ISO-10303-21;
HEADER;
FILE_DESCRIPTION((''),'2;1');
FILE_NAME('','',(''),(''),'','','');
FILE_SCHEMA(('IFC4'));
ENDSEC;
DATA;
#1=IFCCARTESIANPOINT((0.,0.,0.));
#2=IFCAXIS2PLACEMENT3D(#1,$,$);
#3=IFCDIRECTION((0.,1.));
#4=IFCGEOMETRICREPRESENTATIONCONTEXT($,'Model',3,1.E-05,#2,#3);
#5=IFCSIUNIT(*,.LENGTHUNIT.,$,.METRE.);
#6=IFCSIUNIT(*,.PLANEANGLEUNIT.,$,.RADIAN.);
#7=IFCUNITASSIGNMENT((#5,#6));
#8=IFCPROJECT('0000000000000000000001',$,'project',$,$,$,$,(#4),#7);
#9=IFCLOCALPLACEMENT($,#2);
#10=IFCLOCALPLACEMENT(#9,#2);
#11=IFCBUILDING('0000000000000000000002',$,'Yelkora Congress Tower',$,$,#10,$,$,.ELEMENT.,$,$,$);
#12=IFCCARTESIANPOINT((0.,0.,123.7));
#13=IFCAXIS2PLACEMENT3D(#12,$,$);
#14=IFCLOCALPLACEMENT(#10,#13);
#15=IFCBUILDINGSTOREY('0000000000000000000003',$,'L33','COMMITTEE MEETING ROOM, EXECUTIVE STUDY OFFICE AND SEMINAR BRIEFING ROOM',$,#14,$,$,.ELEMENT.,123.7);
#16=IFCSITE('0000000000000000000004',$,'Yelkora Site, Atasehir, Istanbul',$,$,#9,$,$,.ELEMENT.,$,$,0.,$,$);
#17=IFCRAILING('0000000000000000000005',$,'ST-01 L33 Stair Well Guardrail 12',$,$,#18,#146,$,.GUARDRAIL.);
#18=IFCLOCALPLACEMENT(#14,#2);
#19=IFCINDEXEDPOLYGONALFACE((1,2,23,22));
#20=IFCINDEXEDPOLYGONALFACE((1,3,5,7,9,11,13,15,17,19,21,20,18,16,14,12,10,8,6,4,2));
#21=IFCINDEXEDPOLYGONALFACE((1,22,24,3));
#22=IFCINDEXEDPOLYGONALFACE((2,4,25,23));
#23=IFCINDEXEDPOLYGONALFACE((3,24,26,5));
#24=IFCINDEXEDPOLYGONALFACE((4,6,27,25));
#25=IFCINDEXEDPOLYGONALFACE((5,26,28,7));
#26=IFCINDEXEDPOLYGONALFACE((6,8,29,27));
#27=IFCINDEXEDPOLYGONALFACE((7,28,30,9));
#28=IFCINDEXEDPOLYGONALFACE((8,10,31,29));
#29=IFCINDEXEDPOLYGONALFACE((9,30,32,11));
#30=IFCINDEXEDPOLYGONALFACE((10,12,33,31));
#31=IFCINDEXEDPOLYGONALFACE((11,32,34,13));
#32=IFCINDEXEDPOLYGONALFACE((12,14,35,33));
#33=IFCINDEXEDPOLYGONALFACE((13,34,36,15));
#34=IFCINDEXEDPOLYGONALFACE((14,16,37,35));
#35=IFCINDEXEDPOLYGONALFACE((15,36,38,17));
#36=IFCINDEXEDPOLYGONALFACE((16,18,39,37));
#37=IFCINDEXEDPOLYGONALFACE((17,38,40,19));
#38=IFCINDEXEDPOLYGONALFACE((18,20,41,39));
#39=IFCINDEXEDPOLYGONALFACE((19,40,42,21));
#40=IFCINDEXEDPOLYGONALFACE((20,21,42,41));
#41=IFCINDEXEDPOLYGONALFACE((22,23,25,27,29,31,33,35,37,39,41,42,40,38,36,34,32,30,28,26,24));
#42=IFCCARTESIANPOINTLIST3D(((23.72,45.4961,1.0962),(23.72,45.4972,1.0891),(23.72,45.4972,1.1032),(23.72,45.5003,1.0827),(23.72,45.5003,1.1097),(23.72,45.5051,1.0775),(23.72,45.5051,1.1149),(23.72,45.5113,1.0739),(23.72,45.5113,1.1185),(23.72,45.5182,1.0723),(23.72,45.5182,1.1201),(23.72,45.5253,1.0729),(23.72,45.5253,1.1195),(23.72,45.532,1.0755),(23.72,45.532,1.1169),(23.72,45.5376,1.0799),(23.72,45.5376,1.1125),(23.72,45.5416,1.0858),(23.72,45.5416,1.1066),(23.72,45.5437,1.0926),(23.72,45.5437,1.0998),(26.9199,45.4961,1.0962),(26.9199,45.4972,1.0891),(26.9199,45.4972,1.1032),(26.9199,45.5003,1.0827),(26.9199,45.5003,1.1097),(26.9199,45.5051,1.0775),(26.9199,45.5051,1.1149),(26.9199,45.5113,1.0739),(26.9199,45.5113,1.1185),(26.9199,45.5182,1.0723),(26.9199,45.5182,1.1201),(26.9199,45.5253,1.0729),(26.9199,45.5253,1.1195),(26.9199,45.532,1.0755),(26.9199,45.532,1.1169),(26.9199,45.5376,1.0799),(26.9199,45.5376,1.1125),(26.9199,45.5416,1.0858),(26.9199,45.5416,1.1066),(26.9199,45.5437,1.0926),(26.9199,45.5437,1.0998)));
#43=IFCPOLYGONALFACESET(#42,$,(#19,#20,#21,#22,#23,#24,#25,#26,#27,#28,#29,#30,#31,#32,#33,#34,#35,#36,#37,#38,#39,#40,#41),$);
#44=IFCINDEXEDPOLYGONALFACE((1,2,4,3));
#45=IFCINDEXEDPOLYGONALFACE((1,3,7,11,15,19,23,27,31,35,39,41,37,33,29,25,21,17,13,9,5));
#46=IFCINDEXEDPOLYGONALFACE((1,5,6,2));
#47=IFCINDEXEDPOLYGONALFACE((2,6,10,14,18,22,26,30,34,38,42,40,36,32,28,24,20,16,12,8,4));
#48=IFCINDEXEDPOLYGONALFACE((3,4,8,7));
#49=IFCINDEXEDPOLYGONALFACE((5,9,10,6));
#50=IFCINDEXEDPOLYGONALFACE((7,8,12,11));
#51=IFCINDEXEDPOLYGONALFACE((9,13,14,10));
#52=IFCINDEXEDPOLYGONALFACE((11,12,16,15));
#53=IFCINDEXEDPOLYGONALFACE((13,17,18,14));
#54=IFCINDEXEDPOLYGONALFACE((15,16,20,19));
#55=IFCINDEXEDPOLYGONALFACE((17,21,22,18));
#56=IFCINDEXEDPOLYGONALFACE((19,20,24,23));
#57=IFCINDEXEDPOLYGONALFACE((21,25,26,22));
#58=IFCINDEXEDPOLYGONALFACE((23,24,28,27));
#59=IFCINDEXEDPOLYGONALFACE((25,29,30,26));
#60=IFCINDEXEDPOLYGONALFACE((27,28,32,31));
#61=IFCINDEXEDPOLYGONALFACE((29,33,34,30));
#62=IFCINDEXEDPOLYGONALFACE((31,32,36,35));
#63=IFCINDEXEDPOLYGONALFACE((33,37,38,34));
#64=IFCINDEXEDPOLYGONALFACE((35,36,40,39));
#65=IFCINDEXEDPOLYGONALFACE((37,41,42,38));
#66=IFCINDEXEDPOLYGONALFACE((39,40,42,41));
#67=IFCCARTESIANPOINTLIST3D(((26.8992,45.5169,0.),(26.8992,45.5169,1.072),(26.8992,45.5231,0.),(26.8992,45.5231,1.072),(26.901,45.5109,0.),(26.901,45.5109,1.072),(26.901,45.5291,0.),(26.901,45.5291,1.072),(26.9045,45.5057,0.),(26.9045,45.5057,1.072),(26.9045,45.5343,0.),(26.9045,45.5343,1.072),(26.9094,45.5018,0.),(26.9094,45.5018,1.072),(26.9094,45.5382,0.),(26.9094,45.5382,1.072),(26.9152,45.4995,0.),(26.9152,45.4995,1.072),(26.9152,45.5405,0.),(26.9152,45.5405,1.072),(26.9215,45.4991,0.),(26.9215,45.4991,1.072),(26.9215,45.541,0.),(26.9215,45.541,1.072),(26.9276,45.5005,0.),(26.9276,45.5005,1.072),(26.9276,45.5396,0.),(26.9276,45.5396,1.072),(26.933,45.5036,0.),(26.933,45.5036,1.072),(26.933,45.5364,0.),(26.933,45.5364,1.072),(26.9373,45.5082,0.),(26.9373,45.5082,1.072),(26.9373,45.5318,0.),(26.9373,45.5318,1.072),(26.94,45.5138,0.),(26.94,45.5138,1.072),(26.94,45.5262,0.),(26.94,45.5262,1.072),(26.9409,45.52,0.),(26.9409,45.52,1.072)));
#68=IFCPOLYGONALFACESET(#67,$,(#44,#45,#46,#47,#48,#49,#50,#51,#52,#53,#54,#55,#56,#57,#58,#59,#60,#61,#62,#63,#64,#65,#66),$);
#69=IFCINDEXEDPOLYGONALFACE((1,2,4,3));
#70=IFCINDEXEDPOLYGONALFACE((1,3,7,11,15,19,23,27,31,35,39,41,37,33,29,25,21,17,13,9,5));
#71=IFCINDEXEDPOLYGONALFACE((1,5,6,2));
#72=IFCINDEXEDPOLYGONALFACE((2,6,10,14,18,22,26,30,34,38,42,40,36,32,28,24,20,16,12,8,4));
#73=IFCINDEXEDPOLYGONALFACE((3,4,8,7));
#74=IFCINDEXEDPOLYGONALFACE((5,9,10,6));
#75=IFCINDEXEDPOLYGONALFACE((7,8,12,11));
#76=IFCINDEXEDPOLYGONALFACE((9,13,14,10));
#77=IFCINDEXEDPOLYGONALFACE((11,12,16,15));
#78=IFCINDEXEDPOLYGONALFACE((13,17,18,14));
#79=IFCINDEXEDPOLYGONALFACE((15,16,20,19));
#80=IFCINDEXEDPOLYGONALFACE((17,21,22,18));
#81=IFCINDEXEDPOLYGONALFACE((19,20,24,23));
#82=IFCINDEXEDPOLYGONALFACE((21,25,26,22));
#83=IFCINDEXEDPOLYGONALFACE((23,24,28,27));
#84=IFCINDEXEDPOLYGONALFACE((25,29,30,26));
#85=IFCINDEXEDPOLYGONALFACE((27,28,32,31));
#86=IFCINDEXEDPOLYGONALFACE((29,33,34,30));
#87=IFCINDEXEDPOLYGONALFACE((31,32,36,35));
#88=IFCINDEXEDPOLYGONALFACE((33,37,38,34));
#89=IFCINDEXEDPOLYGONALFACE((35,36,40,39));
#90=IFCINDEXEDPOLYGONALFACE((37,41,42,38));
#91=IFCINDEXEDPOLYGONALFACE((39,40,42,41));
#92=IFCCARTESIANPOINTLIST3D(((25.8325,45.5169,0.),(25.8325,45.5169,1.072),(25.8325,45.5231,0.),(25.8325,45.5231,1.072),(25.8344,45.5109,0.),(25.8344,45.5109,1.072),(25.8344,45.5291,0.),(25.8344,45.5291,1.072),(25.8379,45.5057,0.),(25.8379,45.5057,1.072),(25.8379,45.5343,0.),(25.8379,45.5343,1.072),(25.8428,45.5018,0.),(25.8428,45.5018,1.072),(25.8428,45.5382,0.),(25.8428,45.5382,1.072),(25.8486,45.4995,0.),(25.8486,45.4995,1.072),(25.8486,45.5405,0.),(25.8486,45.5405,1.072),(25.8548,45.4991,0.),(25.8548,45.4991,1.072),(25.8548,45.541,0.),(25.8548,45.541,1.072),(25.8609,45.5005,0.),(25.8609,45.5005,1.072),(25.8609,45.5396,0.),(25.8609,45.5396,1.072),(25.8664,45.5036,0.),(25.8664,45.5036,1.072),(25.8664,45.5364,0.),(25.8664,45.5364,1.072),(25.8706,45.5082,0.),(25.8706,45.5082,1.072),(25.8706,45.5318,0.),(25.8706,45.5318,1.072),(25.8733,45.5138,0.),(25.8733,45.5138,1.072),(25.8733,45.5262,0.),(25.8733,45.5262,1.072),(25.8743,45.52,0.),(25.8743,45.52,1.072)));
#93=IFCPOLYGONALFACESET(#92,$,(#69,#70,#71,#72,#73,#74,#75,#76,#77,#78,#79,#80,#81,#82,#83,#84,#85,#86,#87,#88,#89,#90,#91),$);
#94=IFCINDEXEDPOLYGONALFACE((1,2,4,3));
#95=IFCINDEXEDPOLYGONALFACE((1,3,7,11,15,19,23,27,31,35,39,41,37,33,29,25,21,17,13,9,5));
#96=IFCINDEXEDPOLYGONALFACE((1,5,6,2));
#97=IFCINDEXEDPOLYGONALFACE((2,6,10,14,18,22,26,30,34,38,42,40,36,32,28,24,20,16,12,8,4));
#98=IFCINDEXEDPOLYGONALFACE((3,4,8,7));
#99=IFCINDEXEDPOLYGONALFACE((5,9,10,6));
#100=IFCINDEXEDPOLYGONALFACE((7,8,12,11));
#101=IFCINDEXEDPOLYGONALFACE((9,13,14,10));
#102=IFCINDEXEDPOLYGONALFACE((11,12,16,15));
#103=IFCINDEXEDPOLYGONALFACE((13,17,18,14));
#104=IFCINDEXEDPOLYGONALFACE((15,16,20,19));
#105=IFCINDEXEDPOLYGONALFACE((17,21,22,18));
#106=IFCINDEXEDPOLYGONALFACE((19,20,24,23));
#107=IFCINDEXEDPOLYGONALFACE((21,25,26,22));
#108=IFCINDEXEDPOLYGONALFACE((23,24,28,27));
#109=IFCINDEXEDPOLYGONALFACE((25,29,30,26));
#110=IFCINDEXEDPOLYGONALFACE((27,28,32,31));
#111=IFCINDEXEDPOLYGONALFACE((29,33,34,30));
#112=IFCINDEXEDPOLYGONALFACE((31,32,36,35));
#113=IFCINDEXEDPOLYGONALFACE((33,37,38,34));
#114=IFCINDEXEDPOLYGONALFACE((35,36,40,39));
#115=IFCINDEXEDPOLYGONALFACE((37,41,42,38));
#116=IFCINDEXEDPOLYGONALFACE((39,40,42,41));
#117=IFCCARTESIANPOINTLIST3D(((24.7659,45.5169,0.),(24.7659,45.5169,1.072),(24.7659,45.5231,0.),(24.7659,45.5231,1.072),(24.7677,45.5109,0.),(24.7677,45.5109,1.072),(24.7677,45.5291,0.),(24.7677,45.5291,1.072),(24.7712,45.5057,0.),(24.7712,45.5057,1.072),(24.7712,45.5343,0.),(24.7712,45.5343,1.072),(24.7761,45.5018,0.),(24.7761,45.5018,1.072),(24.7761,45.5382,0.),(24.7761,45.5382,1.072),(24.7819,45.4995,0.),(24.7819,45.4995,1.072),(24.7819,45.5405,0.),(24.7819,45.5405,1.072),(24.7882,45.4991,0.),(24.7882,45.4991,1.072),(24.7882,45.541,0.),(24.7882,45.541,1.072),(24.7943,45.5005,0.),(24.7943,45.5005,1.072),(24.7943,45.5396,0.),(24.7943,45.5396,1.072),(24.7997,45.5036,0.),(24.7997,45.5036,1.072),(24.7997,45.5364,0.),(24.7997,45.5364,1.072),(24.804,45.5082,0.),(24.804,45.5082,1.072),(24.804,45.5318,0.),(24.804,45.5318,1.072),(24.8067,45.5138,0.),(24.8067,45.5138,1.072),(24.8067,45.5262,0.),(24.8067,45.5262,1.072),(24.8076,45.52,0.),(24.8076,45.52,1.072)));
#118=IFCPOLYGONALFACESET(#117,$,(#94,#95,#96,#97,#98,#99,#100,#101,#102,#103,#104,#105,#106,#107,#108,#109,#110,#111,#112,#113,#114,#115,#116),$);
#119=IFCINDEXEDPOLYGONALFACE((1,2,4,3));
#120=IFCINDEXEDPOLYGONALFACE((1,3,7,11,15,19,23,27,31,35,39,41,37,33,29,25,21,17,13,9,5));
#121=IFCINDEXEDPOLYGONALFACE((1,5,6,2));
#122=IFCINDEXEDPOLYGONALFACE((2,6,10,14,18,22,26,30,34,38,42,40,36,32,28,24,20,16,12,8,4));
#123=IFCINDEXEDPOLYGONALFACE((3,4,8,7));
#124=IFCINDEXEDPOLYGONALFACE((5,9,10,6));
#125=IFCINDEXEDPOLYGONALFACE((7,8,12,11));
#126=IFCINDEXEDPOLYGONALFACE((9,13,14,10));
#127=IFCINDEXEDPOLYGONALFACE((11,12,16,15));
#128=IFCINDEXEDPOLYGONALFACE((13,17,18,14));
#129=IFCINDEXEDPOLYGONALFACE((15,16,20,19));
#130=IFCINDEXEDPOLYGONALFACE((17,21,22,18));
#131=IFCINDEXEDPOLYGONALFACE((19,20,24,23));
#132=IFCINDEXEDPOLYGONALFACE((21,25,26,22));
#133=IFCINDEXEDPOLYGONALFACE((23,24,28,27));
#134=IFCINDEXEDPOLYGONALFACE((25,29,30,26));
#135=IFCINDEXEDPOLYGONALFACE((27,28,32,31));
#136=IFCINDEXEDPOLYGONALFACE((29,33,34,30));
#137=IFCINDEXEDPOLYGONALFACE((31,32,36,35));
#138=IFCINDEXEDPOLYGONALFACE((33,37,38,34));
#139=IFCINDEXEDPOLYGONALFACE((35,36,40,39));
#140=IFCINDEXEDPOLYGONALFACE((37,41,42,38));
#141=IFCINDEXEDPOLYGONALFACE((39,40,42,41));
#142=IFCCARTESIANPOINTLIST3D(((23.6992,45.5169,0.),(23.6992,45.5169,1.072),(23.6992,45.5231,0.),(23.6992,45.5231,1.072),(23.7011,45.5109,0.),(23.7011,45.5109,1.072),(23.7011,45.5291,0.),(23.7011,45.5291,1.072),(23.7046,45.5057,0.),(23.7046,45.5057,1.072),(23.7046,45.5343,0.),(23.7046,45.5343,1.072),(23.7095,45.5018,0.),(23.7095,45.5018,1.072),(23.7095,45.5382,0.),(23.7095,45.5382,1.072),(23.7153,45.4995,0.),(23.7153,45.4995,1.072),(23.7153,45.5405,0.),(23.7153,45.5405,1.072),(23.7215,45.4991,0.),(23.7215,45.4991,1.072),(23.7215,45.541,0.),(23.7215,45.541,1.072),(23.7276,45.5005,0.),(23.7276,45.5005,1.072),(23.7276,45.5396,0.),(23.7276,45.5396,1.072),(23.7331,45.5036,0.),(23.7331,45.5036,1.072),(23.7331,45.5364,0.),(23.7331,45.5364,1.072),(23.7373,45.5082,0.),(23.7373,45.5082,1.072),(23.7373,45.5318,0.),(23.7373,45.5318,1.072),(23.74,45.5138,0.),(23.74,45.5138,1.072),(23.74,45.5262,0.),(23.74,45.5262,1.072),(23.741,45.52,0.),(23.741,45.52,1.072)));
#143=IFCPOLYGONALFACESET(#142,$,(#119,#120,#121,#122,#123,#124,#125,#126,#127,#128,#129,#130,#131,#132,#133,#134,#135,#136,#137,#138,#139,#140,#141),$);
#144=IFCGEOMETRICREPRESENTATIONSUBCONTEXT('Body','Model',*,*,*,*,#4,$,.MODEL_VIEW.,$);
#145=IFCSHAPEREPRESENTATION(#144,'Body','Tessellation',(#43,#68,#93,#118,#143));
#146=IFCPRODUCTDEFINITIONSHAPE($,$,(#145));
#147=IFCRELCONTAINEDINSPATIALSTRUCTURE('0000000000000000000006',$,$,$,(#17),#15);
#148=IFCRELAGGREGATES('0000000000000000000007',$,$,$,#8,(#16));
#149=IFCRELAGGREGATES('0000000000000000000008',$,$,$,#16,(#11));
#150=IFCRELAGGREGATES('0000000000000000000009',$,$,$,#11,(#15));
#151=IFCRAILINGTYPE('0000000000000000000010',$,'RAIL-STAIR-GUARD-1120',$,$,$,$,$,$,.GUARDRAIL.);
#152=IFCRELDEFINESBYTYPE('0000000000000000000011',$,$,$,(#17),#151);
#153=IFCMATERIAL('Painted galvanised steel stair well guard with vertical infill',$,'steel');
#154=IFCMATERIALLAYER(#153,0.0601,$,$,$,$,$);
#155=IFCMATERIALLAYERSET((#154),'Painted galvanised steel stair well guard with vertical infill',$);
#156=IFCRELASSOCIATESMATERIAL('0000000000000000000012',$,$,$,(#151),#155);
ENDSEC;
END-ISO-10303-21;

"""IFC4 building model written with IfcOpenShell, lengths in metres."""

from ifc_helpers import new_model, si_unit, direction, frame, origin, origin_2d, place, context, subcontext, project, spatial, circle, extrude, material, layer, layer_set, type_object, element, save


model = new_model("IFC4")

# Units and contexts
model_context = context("Model", 3, precision=1e-05, world=origin(), true_north=direction((0.0, 1.0)))
body_context = subcontext(model_context, "Body", "Model", "MODEL_VIEW")
ifc_project = project(units=[si_unit("LENGTHUNIT", "METRE"), si_unit("PLANEANGLEUNIT", "RADIAN")], contexts=[model_context])

# Site, building, storey
site_placement = place(None, origin())
site = spatial("IfcSite", under=ifc_project, at=site_placement, Name="Yelkora Site, Atasehir, Istanbul", CompositionType="ELEMENT", RefElevation=0.0)
building_placement = place(site_placement, origin())
building = spatial("IfcBuilding", under=site, at=building_placement, Name="Yelkora Congress Tower", CompositionType="ELEMENT")
storey_placement = place(building_placement, frame((0.0, 0.0, 123.7)))
storey = spatial("IfcBuildingStorey", under=building, at=storey_placement, Name="L33", Description="COMMITTEE MEETING ROOM, EXECUTIVE STUDY OFFICE AND SEMINAR BRIEFING ROOM", CompositionType="ELEMENT", Elevation=123.7)

# Railing
ifc_material_1 = material(Name="Painted galvanised steel stair well guard with vertical infill", Category="steel")
ifc_layer_1 = layer(ifc_material_1, 0.0601)
ifc_layer_set_1 = layer_set([ifc_layer_1], Name="Painted galvanised steel stair well guard with vertical infill")
railing_type_1 = type_object("IfcRailingType", Name="RAIL-STAIR-GUARD-1120", PredefinedType="GUARDRAIL", material=ifc_layer_set_1)
railing_1_placement = place(storey_placement, frame((26.9199, 45.52, 0.0)))
element("IfcRailing", 1, at=railing_1_placement, inside=storey, type_object=railing_type_1, Name="ST-01 L33 Stair Well Guardrail 12", PredefinedType="GUARDRAIL", context=body_context, shape_type="SweptSolid", body=[
    extrude(circle(Radius=0.0239, at=origin_2d()), frame((0.0, 0.0, 1.0962), z_axis=(-1.0, 0.0, 0.0), x_axis=(0.0, -1.0, 0.0)), (0.0, 0.0, 1.0), 3.2),
    extrude(circle(Radius=0.021, at=origin_2d()), origin(), (0.0, 0.0, 1.0), 1.072),
    extrude(circle(Radius=0.021, at=origin_2d()), frame((-1.0667, 0.0, 0.0)), (0.0, 0.0, 1.0), 1.072),
    extrude(circle(Radius=0.021, at=origin_2d()), frame((-2.1333, 0.0, 0.0)), (0.0, 0.0, 1.0), 1.072),
    extrude(circle(Radius=0.021, at=origin_2d()), frame((-3.2, 0.0, 0.0)), (0.0, 0.0, 1.0), 1.072),
])

save(model, "model.ifc")
